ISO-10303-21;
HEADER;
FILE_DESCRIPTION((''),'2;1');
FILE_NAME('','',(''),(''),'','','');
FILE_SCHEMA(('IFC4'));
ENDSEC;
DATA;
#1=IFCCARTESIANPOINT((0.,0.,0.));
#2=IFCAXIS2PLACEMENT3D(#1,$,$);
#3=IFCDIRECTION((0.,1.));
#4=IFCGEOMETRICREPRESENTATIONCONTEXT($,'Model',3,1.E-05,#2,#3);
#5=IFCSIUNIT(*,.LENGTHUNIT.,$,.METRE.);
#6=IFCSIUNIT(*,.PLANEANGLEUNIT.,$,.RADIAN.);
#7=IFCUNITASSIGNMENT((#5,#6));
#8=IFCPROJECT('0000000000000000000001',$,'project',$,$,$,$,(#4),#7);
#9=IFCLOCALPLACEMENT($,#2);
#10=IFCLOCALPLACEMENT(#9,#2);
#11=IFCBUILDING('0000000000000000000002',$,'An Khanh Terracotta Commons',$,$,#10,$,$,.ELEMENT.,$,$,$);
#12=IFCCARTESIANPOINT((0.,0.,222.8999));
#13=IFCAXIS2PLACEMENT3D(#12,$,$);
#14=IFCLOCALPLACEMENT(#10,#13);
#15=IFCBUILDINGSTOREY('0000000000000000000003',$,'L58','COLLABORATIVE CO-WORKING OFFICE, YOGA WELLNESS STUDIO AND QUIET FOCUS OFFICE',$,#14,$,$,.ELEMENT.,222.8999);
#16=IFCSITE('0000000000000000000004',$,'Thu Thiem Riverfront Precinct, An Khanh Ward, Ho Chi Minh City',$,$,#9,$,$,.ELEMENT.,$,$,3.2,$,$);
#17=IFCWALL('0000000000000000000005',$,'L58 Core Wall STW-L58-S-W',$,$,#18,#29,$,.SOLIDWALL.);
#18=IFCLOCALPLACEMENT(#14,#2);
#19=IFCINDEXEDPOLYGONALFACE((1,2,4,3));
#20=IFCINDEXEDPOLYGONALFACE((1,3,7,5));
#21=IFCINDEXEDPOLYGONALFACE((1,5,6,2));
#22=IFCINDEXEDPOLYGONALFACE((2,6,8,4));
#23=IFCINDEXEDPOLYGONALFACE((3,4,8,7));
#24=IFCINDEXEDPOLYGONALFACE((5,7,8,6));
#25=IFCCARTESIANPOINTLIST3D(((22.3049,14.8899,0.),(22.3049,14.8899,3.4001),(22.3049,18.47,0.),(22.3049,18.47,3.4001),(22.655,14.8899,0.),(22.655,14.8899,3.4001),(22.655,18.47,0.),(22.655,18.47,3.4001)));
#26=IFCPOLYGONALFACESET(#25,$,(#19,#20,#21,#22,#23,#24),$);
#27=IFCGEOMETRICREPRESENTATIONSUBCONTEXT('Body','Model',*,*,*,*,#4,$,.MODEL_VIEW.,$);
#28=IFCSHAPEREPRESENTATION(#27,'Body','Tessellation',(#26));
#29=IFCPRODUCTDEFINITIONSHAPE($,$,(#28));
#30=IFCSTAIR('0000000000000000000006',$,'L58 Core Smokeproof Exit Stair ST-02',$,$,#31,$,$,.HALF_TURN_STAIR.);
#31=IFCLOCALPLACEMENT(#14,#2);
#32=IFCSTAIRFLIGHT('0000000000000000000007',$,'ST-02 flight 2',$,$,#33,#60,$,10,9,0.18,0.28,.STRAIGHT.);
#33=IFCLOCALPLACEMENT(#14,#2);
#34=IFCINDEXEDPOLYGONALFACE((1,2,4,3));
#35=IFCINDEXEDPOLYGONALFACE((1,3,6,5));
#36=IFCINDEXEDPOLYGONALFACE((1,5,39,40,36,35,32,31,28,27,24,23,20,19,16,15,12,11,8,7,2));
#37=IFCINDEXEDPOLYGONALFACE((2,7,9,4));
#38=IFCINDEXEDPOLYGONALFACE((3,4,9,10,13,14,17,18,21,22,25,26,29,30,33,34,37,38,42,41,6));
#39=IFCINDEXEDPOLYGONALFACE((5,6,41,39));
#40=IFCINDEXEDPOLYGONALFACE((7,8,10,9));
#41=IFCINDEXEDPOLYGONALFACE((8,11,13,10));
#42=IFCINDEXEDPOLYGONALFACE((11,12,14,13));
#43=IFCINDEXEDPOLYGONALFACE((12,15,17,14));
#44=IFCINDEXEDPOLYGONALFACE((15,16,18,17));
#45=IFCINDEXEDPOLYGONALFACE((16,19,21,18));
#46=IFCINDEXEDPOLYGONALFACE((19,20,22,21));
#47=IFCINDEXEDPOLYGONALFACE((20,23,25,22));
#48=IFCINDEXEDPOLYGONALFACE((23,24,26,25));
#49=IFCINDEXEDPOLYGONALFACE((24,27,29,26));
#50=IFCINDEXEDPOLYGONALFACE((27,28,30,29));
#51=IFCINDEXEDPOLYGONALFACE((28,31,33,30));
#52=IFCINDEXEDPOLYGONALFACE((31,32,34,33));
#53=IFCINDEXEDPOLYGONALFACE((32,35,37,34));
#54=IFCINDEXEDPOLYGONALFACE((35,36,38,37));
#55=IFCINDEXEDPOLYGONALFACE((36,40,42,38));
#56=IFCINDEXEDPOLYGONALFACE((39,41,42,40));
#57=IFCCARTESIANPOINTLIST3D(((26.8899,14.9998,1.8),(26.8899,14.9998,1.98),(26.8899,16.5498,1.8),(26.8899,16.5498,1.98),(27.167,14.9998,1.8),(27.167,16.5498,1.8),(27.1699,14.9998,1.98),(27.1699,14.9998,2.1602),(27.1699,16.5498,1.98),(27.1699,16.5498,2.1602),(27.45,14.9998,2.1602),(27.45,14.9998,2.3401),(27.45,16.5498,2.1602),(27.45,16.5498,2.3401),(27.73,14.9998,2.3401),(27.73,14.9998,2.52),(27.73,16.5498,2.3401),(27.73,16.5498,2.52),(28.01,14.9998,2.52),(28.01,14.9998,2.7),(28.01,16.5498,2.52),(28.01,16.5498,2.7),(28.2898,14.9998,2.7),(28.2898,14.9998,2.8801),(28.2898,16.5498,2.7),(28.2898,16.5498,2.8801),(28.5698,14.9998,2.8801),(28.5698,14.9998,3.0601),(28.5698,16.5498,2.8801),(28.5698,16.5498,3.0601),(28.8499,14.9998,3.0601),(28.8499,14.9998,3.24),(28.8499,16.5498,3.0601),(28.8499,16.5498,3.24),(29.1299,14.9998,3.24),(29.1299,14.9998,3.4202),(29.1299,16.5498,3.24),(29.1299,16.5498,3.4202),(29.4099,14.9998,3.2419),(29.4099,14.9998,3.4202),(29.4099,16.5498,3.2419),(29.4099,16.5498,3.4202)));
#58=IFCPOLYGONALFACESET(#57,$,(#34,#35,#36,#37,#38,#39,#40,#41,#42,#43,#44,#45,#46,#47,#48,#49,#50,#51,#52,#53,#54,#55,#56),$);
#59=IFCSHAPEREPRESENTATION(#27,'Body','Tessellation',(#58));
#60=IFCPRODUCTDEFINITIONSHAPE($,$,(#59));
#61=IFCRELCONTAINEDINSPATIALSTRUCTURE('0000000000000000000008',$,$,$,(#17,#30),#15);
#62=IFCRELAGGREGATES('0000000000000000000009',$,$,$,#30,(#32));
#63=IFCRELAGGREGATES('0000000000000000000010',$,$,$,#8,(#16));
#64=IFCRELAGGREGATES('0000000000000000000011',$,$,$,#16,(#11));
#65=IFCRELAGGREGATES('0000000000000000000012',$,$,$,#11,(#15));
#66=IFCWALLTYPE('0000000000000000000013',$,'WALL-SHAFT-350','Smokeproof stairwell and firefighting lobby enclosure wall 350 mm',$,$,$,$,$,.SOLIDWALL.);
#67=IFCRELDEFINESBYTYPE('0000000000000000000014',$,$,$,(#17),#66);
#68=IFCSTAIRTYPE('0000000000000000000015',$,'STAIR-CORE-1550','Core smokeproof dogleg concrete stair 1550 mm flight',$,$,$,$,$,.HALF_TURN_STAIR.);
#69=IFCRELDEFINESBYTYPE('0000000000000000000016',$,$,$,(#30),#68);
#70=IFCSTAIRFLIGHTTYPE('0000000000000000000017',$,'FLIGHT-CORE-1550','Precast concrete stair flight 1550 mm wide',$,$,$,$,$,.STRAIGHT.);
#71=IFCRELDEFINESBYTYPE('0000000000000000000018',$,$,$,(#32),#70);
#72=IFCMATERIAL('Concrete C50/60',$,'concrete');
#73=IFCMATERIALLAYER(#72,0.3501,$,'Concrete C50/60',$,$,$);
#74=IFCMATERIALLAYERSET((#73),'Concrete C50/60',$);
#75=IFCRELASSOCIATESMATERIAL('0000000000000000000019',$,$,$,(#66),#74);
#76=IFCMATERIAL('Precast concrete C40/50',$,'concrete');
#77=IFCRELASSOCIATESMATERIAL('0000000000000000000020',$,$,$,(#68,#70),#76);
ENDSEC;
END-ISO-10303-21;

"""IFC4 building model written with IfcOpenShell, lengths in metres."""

from ifc_helpers import new_model, si_unit, direction, frame, frame_2d, origin, place, context, subcontext, project, spatial, polyline, rectangle, outline, extrude, material, layer, layer_set, type_object, element, aggregate, save


model = new_model("IFC4")

# Units and contexts
model_context = context("Model", 3, precision=1e-05, world=origin(), true_north=direction((0.0, 1.0)))
body_context = subcontext(model_context, "Body", "Model", "MODEL_VIEW")
ifc_project = project(units=[si_unit("LENGTHUNIT", "METRE"), si_unit("PLANEANGLEUNIT", "RADIAN")], contexts=[model_context])

# Site, building, storey
site_placement = place(None, origin())
site = spatial("IfcSite", under=ifc_project, at=site_placement, Name="Thu Thiem Riverfront Precinct, An Khanh Ward, Ho Chi Minh City", CompositionType="ELEMENT", RefElevation=3.2)
building_placement = place(site_placement, origin())
building = spatial("IfcBuilding", under=site, at=building_placement, Name="An Khanh Terracotta Commons", CompositionType="ELEMENT")
storey_placement = place(building_placement, frame((0.0, 0.0, 222.8999)))
storey = spatial("IfcBuildingStorey", under=building, at=storey_placement, Name="L58", Description="COLLABORATIVE CO-WORKING OFFICE, YOGA WELLNESS STUDIO AND QUIET FOCUS OFFICE", CompositionType="ELEMENT", Elevation=222.8999)

# Shared definitions
ifc_material_1 = material(Name="Concrete C50/60", Category="concrete")
ifc_material_2 = material(Name="Precast concrete C40/50", Category="concrete")

# Wall
ifc_layer_1 = layer(ifc_material_1, 0.3501, Name="Concrete C50/60")
ifc_layer_set_1 = layer_set([ifc_layer_1], Name="Concrete C50/60")
wall_type_1 = type_object("IfcWallType", Name="WALL-SHAFT-350", Description="Smokeproof stairwell and firefighting lobby enclosure wall 350 mm", PredefinedType="SOLIDWALL", material=ifc_layer_set_1)
wall_1_placement = place(storey_placement, frame((22.48, 14.8899, 0.0), z_axis=(0.0, 0.0, 1.0), x_axis=(0.0, 1.0, 0.0)))
element("IfcWall", 1, at=wall_1_placement, inside=storey, type_object=wall_type_1, Name="L58 Core Wall STW-L58-S-W", PredefinedType="SOLIDWALL", context=body_context, shape_type="SweptSolid", body=[
    extrude(rectangle(XDim=3.5801, YDim=0.3501, at=frame_2d((1.79, 0.0))), origin(), (0.0, 0.0, 1.0), 3.4001),
])

# Stair, stair flight
stair_type = type_object("IfcStairType", Name="STAIR-CORE-1550", Description="Core smokeproof dogleg concrete stair 1550 mm flight", PredefinedType="HALF_TURN_STAIR", material=ifc_material_2)
stair_placement = place(storey_placement, origin())
stair = element("IfcStair", 2, at=stair_placement, inside=storey, type_object=stair_type, Name="L58 Core Smokeproof Exit Stair ST-02", PredefinedType="HALF_TURN_STAIR")
stair_flight_type = type_object("IfcStairFlightType", Name="FLIGHT-CORE-1550", Description="Precast concrete stair flight 1550 mm wide", PredefinedType="STRAIGHT", material=ifc_material_2)
stair_flight_placement = place(storey_placement, frame((26.8899, 15.7749, 1.8), z_axis=(0.0, 0.0, 1.0), x_axis=(1.0, 0.0, 0.0)))
stair_flight = element("IfcStairFlight", 3, at=stair_flight_placement, type_object=stair_flight_type, Name="ST-02 flight 2", NumberOfRisers=10, NumberOfTreads=9, PredefinedType="STRAIGHT", RiserHeight=0.18, TreadLength=0.28, context=body_context, shape_type="SweptSolid", body=[
    extrude(outline(polyline([(0.0, 0.0), (0.0, 0.1799), (0.28, 0.1799), (0.28, 0.3601), (0.5601, 0.3601), (0.5601, 0.54), (0.8401, 0.54), (0.8401, 0.72), (1.1201, 0.72), (1.1201, 0.8999), (1.3999, 0.8999), (1.3999, 1.0801), (1.6799, 1.0801), (1.6799, 1.26), (1.96, 1.26), (1.96, 1.4399), (2.24, 1.4399), (2.24, 1.6201), (2.52, 1.6201), (2.52, 1.8), (2.52, 1.4419), (0.2771, 0.0), (0.0, 0.0)])), frame((0.0, 0.7749, 0.0), z_axis=(0.0, -1.0, 0.0), x_axis=(1.0, 0.0, 0.0)), (0.0, 0.0, 1.0), 1.55),
])
aggregate(stair, [stair_flight])

save(model, "model.ifc")
